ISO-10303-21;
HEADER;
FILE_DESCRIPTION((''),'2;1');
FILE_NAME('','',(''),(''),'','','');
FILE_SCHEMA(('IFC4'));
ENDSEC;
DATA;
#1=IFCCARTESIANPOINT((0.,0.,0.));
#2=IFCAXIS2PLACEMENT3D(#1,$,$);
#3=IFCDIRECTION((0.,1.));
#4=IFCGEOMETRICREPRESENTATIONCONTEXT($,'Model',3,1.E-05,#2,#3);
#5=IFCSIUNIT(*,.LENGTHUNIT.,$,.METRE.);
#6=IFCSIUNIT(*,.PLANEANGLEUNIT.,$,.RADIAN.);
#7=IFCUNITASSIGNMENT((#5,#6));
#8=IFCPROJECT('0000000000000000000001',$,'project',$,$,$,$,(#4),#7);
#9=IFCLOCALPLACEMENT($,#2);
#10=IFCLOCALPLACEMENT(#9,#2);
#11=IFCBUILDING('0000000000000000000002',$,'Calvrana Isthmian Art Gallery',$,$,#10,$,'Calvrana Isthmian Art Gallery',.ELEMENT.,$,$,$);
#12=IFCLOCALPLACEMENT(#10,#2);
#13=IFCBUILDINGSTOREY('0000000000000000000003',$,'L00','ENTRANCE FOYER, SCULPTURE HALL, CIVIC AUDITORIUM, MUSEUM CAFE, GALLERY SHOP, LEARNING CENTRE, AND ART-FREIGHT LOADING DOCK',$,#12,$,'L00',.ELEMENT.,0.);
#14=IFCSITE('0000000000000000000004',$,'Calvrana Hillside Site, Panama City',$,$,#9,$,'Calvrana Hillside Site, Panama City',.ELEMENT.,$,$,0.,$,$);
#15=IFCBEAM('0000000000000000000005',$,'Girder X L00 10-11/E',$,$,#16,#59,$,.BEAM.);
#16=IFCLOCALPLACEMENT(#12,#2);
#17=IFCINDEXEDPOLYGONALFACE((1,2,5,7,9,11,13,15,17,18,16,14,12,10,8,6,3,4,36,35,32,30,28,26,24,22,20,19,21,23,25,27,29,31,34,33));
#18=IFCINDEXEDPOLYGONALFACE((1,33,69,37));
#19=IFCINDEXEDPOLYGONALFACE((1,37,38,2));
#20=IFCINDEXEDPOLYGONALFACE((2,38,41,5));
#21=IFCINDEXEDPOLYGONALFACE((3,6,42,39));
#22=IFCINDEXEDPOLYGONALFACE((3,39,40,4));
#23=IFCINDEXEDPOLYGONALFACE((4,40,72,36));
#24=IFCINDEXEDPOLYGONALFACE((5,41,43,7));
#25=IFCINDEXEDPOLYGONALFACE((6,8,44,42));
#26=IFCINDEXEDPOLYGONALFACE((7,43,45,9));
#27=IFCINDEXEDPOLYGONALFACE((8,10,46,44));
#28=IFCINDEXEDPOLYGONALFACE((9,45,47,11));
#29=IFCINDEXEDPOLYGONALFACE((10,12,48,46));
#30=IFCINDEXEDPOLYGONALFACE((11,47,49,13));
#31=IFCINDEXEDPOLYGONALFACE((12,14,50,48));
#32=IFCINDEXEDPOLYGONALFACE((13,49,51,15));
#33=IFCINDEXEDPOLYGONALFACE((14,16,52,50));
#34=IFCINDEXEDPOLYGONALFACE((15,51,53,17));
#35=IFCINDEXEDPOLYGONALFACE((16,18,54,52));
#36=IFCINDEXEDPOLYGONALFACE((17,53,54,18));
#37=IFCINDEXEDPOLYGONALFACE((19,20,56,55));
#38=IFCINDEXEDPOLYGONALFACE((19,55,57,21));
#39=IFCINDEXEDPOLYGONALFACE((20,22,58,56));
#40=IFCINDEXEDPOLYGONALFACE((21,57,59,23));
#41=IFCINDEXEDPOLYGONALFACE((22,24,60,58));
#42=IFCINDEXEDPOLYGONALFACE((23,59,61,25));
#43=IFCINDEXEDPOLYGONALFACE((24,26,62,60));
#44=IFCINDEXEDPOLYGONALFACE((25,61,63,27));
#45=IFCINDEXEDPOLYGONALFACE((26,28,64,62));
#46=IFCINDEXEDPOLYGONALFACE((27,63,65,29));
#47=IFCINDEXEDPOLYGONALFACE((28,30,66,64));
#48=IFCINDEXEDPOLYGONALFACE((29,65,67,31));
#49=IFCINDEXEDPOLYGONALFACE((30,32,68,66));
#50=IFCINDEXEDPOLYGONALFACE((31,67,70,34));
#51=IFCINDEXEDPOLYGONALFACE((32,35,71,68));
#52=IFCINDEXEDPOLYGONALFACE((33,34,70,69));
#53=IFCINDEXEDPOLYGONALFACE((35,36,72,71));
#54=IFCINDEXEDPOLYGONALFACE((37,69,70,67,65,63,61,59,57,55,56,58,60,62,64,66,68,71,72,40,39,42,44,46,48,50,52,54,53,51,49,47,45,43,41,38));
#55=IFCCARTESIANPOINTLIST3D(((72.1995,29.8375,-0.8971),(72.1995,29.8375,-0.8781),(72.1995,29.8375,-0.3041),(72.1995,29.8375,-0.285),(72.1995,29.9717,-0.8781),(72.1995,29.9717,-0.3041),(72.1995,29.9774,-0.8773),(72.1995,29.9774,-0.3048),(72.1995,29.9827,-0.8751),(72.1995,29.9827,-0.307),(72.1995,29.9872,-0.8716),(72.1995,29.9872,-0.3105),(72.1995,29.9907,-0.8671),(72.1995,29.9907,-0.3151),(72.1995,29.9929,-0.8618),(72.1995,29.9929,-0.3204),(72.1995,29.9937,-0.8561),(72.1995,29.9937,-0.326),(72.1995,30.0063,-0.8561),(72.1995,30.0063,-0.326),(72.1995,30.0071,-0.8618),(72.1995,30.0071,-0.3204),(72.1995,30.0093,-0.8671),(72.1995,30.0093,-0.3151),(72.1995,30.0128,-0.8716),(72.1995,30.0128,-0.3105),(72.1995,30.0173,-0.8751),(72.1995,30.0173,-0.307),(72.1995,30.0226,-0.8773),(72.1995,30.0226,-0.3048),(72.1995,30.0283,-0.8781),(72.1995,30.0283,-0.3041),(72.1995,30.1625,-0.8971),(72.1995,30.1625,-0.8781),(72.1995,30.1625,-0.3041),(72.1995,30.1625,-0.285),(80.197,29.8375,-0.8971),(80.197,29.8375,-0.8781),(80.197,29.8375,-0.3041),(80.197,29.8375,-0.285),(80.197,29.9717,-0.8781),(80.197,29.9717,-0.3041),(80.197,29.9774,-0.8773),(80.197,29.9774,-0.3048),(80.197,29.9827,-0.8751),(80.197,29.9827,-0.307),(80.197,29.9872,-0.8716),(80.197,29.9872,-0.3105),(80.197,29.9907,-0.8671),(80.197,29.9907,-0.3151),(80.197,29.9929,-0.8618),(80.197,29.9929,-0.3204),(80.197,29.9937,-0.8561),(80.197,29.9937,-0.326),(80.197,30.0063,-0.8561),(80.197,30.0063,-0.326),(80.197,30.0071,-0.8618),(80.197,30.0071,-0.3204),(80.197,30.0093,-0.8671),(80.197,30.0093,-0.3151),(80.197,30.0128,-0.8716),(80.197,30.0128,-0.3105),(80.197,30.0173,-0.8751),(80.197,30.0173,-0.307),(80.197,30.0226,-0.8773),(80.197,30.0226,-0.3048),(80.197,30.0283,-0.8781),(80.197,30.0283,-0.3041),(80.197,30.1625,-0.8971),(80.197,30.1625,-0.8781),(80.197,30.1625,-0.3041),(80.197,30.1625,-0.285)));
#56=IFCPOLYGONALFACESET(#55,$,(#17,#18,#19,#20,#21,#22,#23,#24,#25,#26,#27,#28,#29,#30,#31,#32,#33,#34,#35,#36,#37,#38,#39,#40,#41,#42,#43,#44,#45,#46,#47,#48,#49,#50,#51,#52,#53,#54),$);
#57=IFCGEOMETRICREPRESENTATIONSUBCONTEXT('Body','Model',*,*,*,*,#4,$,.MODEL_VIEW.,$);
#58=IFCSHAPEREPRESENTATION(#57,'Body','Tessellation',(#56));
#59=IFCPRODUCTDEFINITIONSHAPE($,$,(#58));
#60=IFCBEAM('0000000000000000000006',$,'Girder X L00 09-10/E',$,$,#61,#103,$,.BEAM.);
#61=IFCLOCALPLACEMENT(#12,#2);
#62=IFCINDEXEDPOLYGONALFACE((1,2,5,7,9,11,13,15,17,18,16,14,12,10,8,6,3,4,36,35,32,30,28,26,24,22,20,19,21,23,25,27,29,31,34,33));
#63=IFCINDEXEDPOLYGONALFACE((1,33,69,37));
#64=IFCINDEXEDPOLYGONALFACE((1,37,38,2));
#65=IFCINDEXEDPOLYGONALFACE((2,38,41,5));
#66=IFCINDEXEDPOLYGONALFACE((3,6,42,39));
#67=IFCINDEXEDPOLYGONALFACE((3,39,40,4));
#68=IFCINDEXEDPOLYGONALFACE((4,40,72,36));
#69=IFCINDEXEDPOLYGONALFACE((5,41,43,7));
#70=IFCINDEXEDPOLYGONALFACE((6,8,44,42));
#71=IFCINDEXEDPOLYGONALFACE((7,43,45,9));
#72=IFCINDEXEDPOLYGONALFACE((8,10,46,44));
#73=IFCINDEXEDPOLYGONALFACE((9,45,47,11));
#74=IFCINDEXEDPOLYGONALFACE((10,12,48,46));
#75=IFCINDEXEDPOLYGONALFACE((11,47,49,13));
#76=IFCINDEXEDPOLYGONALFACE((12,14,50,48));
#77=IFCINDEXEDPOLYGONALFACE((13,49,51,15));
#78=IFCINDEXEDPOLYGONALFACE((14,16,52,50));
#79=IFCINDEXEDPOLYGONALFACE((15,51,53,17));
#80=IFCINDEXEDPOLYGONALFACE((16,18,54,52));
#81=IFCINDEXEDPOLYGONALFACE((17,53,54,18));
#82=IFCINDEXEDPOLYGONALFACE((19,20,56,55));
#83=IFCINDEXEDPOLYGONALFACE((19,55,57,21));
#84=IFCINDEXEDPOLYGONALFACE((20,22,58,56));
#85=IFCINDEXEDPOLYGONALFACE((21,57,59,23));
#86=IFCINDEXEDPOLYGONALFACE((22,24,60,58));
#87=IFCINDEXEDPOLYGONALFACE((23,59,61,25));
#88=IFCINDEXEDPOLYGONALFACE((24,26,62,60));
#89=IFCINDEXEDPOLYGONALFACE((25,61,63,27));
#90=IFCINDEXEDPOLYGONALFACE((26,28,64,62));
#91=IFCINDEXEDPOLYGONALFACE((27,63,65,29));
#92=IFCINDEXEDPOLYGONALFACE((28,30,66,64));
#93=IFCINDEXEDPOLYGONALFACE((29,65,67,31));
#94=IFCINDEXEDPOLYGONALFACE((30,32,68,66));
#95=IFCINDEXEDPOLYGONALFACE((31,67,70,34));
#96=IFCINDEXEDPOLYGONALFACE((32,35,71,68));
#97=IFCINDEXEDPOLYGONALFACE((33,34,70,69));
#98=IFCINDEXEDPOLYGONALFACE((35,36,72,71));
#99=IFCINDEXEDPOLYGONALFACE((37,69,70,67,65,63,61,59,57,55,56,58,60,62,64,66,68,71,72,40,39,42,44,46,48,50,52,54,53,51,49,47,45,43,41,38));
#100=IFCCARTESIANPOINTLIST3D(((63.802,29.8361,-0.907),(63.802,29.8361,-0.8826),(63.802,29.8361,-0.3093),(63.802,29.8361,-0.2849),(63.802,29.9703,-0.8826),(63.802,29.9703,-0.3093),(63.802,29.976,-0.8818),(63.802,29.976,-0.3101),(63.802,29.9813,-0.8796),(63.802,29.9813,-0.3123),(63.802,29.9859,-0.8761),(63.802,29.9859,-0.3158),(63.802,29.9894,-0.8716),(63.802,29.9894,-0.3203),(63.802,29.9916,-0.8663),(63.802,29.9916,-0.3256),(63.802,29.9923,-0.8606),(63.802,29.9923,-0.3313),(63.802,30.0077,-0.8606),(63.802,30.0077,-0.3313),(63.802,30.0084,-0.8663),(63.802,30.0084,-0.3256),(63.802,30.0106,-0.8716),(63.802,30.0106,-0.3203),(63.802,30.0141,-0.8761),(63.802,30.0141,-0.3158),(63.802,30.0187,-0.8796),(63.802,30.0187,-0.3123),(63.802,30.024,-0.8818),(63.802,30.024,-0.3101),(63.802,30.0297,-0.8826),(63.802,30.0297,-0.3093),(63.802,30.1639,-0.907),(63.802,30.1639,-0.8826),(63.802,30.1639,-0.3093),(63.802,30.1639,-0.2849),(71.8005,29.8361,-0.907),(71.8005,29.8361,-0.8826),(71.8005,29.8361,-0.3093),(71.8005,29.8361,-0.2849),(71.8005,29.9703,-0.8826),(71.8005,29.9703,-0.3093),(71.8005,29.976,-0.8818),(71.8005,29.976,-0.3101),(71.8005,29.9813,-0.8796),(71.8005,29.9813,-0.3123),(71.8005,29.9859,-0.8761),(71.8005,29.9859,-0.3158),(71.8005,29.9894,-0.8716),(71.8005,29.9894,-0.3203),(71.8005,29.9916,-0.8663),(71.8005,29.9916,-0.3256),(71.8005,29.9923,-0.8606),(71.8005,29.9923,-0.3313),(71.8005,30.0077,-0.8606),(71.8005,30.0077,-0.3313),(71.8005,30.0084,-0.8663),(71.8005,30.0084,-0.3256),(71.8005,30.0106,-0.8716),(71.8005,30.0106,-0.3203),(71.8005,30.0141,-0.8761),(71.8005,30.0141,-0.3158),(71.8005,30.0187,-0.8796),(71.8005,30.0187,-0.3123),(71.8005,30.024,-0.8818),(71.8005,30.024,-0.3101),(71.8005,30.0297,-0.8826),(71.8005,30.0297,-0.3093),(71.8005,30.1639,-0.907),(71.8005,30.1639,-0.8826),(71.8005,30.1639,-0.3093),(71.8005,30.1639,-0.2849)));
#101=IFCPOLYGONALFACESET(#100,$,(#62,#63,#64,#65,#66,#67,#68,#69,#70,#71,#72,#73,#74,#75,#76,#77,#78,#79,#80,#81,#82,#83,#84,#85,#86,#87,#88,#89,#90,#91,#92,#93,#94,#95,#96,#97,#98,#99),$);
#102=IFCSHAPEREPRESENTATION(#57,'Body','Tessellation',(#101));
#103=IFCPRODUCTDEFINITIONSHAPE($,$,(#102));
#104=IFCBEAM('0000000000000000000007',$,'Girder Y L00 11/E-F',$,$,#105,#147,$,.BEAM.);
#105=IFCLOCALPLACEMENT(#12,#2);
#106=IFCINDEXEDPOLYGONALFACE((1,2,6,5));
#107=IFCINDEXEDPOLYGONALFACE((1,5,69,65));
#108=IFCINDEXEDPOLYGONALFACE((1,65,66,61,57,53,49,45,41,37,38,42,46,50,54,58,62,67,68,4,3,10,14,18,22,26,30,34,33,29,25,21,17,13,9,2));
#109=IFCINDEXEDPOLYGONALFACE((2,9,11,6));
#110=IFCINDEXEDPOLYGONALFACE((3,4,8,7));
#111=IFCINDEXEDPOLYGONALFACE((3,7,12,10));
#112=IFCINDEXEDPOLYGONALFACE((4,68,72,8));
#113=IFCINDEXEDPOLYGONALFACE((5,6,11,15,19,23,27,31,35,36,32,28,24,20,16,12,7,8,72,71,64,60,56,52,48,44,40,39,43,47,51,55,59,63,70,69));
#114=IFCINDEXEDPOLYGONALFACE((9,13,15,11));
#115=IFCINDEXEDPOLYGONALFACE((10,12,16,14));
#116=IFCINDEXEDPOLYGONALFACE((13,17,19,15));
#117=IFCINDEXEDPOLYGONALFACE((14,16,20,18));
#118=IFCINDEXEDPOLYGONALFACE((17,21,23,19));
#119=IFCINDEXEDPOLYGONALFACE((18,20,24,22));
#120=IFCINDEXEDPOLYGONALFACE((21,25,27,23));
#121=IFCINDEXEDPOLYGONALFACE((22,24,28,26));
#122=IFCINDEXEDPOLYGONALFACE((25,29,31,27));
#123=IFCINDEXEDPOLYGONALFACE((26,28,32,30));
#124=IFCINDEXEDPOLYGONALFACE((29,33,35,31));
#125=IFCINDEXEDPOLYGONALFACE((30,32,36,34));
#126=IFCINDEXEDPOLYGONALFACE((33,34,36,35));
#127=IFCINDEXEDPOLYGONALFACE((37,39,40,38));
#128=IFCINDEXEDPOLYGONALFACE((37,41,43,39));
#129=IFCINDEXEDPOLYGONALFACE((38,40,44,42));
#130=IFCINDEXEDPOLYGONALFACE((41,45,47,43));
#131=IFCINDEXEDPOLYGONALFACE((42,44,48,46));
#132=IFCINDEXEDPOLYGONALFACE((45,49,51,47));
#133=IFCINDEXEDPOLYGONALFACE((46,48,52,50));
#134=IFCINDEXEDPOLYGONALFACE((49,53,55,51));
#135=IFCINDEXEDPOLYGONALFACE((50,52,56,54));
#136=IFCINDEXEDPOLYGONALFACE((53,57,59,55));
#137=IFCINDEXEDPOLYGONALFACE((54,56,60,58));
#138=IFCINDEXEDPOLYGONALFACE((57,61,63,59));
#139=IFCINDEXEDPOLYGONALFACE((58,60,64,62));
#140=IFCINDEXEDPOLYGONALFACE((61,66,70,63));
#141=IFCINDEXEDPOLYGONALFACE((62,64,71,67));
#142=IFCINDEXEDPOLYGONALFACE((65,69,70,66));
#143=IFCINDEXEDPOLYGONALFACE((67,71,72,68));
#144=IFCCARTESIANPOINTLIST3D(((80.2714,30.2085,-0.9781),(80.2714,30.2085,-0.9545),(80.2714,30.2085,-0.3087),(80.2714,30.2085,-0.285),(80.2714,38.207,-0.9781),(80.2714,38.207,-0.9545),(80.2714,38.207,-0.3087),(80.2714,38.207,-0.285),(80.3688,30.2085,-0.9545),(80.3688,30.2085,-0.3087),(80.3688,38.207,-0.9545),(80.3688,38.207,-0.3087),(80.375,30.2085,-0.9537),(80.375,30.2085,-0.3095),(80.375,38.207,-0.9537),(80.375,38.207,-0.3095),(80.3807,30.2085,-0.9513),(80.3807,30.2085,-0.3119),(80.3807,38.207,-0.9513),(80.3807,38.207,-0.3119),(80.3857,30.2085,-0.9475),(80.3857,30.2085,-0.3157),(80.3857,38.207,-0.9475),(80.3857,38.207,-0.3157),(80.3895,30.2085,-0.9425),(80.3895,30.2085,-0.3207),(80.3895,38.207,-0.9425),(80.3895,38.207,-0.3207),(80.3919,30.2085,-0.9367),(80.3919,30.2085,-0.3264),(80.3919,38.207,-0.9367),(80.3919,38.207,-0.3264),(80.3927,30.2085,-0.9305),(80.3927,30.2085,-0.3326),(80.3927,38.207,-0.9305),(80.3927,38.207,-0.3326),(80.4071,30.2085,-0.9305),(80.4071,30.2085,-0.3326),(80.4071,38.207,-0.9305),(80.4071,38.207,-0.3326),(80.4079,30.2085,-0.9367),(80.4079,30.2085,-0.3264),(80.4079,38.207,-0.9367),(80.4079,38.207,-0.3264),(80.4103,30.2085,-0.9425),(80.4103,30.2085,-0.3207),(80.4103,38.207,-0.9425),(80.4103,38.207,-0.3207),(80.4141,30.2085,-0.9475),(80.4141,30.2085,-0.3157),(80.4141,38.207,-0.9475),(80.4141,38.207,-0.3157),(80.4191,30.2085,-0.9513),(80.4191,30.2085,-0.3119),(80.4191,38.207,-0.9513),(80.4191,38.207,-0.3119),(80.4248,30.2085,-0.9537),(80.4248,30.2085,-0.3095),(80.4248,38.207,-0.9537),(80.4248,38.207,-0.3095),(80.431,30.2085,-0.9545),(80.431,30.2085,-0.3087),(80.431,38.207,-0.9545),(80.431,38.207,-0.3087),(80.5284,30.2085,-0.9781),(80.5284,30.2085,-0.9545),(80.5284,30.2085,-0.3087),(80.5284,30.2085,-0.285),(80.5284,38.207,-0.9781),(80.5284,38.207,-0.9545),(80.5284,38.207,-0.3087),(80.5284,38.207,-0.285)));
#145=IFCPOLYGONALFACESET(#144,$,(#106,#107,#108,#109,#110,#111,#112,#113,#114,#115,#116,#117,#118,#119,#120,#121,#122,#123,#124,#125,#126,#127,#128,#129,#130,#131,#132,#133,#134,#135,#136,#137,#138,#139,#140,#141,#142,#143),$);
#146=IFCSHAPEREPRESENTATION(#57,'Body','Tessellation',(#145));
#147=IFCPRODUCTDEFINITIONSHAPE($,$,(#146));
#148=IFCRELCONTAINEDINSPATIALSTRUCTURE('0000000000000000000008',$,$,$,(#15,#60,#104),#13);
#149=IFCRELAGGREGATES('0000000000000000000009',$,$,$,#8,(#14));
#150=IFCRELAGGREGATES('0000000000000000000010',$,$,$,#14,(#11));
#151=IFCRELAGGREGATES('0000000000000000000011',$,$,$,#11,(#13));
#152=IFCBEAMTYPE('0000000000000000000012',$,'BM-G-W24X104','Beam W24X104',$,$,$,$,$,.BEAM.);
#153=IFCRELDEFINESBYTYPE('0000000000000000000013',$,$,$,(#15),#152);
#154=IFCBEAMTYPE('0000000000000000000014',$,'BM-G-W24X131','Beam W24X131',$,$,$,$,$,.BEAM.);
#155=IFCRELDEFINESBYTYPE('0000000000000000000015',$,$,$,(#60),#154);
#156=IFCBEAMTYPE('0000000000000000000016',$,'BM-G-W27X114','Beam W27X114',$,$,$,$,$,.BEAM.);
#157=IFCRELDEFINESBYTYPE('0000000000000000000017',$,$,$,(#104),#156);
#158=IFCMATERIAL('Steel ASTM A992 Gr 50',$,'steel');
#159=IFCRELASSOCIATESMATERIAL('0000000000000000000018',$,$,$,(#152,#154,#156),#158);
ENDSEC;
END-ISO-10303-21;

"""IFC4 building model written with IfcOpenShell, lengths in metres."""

from ifc_helpers import new_model, si_unit, direction, frame, origin, origin_2d, place, context, subcontext, project, spatial, i_section, extrude, material, material_profile, profile_set, type_object, element, save


model = new_model("IFC4")

# Units and contexts
model_context = context("Model", 3, precision=1e-05, world=origin(), true_north=direction((0.0, 1.0)))
body_context = subcontext(model_context, "Body", "Model", "MODEL_VIEW")
ifc_project = project(units=[si_unit("LENGTHUNIT", "METRE"), si_unit("PLANEANGLEUNIT", "RADIAN")], contexts=[model_context])

# Site, building, storey
site_placement = place(None, origin())
site = spatial("IfcSite", under=ifc_project, at=site_placement, Name="Calvrana Hillside Site, Panama City", LongName="Calvrana Hillside Site, Panama City", CompositionType="ELEMENT", RefElevation=0.0)
building_placement = place(site_placement, origin())
building = spatial("IfcBuilding", under=site, at=building_placement, Name="Calvrana Isthmian Art Gallery", LongName="Calvrana Isthmian Art Gallery", CompositionType="ELEMENT")
storey_placement = place(building_placement, origin())
storey = spatial("IfcBuildingStorey", under=building, at=storey_placement, Name="L00", Description="ENTRANCE FOYER, SCULPTURE HALL, CIVIC AUDITORIUM, MUSEUM CAFE, GALLERY SHOP, LEARNING CENTRE, AND ART-FREIGHT LOADING DOCK", LongName="L00", CompositionType="ELEMENT", Elevation=0.0)

# Shared definitions
ifc_material_1 = material(Name="Steel ASTM A992 Gr 50", Category="steel")

# Beams
ifc_material_profile_1 = material_profile(ifc_material_1, i_section(OverallWidth=0.325, OverallDepth=0.6121, WebThickness=0.0127, FlangeThickness=0.019, FilletRadius=0.022, at=origin_2d()), Name="W24X104")
ifc_profile_set_1 = profile_set([ifc_material_profile_1], Name="Steel ASTM A992 Gr 50")
beam_type_1 = type_object("IfcBeamType", Name="BM-G-W24X104", Description="Beam W24X104", PredefinedType="BEAM", material=ifc_profile_set_1)
beam_1_placement = place(storey_placement, frame((72.1995, 30.0, -0.5911), z_axis=(1.0, 0.0, 0.0), x_axis=(0.0, 1.0, 0.0)))
element("IfcBeam", 1, at=beam_1_placement, inside=storey, type_object=beam_type_1, Name="Girder X L00 10-11/E", PredefinedType="BEAM", context=body_context, shape_type="SweptSolid", body=[
    extrude(i_section(OverallWidth=0.325, OverallDepth=0.6121, WebThickness=0.0127, FlangeThickness=0.019, FilletRadius=0.022, at=origin_2d()), origin(), (0.0, 0.0, 1.0), 7.9976),
])
ifc_material_profile_2 = material_profile(ifc_material_1, i_section(OverallWidth=0.3279, OverallDepth=0.6221, WebThickness=0.0154, FlangeThickness=0.0244, FilletRadius=0.022, at=origin_2d()), Name="W24X131")
ifc_profile_set_2 = profile_set([ifc_material_profile_2], Name="Steel ASTM A992 Gr 50")
beam_type_2 = type_object("IfcBeamType", Name="BM-G-W24X131", Description="Beam W24X131", PredefinedType="BEAM", material=ifc_profile_set_2)
beam_2_placement = place(storey_placement, frame((63.802, 30.0, -0.5959), z_axis=(1.0, 0.0, 0.0), x_axis=(0.0, 1.0, 0.0)))
element("IfcBeam", 2, at=beam_2_placement, inside=storey, type_object=beam_type_2, Name="Girder X L00 09-10/E", PredefinedType="BEAM", context=body_context, shape_type="SweptSolid", body=[
    extrude(i_section(OverallWidth=0.3279, OverallDepth=0.6221, WebThickness=0.0154, FlangeThickness=0.0244, FilletRadius=0.022, at=origin_2d()), origin(), (0.0, 0.0, 1.0), 7.9985),
])
ifc_material_profile_3 = material_profile(ifc_material_1, i_section(OverallWidth=0.2571, OverallDepth=0.6931, WebThickness=0.0144, FlangeThickness=0.0237, FilletRadius=0.0239, at=origin_2d()), Name="W27X114")
ifc_profile_set_3 = profile_set([ifc_material_profile_3], Name="Steel ASTM A992 Gr 50")
beam_type_3 = type_object("IfcBeamType", Name="BM-G-W27X114", Description="Beam W27X114", PredefinedType="BEAM", material=ifc_profile_set_3)
beam_3_placement = place(storey_placement, frame((80.3999, 30.2085, -0.6316), z_axis=(0.0, 1.0, 0.0), x_axis=(-1.0, 0.0, 0.0)))
element("IfcBeam", 3, at=beam_3_placement, inside=storey, type_object=beam_type_3, Name="Girder Y L00 11/E-F", PredefinedType="BEAM", context=body_context, shape_type="SweptSolid", body=[
    extrude(i_section(OverallWidth=0.2571, OverallDepth=0.6931, WebThickness=0.0144, FlangeThickness=0.0237, FilletRadius=0.0239, at=origin_2d()), origin(), (0.0, 0.0, 1.0), 7.9985),
])

save(model, "model.ifc")
